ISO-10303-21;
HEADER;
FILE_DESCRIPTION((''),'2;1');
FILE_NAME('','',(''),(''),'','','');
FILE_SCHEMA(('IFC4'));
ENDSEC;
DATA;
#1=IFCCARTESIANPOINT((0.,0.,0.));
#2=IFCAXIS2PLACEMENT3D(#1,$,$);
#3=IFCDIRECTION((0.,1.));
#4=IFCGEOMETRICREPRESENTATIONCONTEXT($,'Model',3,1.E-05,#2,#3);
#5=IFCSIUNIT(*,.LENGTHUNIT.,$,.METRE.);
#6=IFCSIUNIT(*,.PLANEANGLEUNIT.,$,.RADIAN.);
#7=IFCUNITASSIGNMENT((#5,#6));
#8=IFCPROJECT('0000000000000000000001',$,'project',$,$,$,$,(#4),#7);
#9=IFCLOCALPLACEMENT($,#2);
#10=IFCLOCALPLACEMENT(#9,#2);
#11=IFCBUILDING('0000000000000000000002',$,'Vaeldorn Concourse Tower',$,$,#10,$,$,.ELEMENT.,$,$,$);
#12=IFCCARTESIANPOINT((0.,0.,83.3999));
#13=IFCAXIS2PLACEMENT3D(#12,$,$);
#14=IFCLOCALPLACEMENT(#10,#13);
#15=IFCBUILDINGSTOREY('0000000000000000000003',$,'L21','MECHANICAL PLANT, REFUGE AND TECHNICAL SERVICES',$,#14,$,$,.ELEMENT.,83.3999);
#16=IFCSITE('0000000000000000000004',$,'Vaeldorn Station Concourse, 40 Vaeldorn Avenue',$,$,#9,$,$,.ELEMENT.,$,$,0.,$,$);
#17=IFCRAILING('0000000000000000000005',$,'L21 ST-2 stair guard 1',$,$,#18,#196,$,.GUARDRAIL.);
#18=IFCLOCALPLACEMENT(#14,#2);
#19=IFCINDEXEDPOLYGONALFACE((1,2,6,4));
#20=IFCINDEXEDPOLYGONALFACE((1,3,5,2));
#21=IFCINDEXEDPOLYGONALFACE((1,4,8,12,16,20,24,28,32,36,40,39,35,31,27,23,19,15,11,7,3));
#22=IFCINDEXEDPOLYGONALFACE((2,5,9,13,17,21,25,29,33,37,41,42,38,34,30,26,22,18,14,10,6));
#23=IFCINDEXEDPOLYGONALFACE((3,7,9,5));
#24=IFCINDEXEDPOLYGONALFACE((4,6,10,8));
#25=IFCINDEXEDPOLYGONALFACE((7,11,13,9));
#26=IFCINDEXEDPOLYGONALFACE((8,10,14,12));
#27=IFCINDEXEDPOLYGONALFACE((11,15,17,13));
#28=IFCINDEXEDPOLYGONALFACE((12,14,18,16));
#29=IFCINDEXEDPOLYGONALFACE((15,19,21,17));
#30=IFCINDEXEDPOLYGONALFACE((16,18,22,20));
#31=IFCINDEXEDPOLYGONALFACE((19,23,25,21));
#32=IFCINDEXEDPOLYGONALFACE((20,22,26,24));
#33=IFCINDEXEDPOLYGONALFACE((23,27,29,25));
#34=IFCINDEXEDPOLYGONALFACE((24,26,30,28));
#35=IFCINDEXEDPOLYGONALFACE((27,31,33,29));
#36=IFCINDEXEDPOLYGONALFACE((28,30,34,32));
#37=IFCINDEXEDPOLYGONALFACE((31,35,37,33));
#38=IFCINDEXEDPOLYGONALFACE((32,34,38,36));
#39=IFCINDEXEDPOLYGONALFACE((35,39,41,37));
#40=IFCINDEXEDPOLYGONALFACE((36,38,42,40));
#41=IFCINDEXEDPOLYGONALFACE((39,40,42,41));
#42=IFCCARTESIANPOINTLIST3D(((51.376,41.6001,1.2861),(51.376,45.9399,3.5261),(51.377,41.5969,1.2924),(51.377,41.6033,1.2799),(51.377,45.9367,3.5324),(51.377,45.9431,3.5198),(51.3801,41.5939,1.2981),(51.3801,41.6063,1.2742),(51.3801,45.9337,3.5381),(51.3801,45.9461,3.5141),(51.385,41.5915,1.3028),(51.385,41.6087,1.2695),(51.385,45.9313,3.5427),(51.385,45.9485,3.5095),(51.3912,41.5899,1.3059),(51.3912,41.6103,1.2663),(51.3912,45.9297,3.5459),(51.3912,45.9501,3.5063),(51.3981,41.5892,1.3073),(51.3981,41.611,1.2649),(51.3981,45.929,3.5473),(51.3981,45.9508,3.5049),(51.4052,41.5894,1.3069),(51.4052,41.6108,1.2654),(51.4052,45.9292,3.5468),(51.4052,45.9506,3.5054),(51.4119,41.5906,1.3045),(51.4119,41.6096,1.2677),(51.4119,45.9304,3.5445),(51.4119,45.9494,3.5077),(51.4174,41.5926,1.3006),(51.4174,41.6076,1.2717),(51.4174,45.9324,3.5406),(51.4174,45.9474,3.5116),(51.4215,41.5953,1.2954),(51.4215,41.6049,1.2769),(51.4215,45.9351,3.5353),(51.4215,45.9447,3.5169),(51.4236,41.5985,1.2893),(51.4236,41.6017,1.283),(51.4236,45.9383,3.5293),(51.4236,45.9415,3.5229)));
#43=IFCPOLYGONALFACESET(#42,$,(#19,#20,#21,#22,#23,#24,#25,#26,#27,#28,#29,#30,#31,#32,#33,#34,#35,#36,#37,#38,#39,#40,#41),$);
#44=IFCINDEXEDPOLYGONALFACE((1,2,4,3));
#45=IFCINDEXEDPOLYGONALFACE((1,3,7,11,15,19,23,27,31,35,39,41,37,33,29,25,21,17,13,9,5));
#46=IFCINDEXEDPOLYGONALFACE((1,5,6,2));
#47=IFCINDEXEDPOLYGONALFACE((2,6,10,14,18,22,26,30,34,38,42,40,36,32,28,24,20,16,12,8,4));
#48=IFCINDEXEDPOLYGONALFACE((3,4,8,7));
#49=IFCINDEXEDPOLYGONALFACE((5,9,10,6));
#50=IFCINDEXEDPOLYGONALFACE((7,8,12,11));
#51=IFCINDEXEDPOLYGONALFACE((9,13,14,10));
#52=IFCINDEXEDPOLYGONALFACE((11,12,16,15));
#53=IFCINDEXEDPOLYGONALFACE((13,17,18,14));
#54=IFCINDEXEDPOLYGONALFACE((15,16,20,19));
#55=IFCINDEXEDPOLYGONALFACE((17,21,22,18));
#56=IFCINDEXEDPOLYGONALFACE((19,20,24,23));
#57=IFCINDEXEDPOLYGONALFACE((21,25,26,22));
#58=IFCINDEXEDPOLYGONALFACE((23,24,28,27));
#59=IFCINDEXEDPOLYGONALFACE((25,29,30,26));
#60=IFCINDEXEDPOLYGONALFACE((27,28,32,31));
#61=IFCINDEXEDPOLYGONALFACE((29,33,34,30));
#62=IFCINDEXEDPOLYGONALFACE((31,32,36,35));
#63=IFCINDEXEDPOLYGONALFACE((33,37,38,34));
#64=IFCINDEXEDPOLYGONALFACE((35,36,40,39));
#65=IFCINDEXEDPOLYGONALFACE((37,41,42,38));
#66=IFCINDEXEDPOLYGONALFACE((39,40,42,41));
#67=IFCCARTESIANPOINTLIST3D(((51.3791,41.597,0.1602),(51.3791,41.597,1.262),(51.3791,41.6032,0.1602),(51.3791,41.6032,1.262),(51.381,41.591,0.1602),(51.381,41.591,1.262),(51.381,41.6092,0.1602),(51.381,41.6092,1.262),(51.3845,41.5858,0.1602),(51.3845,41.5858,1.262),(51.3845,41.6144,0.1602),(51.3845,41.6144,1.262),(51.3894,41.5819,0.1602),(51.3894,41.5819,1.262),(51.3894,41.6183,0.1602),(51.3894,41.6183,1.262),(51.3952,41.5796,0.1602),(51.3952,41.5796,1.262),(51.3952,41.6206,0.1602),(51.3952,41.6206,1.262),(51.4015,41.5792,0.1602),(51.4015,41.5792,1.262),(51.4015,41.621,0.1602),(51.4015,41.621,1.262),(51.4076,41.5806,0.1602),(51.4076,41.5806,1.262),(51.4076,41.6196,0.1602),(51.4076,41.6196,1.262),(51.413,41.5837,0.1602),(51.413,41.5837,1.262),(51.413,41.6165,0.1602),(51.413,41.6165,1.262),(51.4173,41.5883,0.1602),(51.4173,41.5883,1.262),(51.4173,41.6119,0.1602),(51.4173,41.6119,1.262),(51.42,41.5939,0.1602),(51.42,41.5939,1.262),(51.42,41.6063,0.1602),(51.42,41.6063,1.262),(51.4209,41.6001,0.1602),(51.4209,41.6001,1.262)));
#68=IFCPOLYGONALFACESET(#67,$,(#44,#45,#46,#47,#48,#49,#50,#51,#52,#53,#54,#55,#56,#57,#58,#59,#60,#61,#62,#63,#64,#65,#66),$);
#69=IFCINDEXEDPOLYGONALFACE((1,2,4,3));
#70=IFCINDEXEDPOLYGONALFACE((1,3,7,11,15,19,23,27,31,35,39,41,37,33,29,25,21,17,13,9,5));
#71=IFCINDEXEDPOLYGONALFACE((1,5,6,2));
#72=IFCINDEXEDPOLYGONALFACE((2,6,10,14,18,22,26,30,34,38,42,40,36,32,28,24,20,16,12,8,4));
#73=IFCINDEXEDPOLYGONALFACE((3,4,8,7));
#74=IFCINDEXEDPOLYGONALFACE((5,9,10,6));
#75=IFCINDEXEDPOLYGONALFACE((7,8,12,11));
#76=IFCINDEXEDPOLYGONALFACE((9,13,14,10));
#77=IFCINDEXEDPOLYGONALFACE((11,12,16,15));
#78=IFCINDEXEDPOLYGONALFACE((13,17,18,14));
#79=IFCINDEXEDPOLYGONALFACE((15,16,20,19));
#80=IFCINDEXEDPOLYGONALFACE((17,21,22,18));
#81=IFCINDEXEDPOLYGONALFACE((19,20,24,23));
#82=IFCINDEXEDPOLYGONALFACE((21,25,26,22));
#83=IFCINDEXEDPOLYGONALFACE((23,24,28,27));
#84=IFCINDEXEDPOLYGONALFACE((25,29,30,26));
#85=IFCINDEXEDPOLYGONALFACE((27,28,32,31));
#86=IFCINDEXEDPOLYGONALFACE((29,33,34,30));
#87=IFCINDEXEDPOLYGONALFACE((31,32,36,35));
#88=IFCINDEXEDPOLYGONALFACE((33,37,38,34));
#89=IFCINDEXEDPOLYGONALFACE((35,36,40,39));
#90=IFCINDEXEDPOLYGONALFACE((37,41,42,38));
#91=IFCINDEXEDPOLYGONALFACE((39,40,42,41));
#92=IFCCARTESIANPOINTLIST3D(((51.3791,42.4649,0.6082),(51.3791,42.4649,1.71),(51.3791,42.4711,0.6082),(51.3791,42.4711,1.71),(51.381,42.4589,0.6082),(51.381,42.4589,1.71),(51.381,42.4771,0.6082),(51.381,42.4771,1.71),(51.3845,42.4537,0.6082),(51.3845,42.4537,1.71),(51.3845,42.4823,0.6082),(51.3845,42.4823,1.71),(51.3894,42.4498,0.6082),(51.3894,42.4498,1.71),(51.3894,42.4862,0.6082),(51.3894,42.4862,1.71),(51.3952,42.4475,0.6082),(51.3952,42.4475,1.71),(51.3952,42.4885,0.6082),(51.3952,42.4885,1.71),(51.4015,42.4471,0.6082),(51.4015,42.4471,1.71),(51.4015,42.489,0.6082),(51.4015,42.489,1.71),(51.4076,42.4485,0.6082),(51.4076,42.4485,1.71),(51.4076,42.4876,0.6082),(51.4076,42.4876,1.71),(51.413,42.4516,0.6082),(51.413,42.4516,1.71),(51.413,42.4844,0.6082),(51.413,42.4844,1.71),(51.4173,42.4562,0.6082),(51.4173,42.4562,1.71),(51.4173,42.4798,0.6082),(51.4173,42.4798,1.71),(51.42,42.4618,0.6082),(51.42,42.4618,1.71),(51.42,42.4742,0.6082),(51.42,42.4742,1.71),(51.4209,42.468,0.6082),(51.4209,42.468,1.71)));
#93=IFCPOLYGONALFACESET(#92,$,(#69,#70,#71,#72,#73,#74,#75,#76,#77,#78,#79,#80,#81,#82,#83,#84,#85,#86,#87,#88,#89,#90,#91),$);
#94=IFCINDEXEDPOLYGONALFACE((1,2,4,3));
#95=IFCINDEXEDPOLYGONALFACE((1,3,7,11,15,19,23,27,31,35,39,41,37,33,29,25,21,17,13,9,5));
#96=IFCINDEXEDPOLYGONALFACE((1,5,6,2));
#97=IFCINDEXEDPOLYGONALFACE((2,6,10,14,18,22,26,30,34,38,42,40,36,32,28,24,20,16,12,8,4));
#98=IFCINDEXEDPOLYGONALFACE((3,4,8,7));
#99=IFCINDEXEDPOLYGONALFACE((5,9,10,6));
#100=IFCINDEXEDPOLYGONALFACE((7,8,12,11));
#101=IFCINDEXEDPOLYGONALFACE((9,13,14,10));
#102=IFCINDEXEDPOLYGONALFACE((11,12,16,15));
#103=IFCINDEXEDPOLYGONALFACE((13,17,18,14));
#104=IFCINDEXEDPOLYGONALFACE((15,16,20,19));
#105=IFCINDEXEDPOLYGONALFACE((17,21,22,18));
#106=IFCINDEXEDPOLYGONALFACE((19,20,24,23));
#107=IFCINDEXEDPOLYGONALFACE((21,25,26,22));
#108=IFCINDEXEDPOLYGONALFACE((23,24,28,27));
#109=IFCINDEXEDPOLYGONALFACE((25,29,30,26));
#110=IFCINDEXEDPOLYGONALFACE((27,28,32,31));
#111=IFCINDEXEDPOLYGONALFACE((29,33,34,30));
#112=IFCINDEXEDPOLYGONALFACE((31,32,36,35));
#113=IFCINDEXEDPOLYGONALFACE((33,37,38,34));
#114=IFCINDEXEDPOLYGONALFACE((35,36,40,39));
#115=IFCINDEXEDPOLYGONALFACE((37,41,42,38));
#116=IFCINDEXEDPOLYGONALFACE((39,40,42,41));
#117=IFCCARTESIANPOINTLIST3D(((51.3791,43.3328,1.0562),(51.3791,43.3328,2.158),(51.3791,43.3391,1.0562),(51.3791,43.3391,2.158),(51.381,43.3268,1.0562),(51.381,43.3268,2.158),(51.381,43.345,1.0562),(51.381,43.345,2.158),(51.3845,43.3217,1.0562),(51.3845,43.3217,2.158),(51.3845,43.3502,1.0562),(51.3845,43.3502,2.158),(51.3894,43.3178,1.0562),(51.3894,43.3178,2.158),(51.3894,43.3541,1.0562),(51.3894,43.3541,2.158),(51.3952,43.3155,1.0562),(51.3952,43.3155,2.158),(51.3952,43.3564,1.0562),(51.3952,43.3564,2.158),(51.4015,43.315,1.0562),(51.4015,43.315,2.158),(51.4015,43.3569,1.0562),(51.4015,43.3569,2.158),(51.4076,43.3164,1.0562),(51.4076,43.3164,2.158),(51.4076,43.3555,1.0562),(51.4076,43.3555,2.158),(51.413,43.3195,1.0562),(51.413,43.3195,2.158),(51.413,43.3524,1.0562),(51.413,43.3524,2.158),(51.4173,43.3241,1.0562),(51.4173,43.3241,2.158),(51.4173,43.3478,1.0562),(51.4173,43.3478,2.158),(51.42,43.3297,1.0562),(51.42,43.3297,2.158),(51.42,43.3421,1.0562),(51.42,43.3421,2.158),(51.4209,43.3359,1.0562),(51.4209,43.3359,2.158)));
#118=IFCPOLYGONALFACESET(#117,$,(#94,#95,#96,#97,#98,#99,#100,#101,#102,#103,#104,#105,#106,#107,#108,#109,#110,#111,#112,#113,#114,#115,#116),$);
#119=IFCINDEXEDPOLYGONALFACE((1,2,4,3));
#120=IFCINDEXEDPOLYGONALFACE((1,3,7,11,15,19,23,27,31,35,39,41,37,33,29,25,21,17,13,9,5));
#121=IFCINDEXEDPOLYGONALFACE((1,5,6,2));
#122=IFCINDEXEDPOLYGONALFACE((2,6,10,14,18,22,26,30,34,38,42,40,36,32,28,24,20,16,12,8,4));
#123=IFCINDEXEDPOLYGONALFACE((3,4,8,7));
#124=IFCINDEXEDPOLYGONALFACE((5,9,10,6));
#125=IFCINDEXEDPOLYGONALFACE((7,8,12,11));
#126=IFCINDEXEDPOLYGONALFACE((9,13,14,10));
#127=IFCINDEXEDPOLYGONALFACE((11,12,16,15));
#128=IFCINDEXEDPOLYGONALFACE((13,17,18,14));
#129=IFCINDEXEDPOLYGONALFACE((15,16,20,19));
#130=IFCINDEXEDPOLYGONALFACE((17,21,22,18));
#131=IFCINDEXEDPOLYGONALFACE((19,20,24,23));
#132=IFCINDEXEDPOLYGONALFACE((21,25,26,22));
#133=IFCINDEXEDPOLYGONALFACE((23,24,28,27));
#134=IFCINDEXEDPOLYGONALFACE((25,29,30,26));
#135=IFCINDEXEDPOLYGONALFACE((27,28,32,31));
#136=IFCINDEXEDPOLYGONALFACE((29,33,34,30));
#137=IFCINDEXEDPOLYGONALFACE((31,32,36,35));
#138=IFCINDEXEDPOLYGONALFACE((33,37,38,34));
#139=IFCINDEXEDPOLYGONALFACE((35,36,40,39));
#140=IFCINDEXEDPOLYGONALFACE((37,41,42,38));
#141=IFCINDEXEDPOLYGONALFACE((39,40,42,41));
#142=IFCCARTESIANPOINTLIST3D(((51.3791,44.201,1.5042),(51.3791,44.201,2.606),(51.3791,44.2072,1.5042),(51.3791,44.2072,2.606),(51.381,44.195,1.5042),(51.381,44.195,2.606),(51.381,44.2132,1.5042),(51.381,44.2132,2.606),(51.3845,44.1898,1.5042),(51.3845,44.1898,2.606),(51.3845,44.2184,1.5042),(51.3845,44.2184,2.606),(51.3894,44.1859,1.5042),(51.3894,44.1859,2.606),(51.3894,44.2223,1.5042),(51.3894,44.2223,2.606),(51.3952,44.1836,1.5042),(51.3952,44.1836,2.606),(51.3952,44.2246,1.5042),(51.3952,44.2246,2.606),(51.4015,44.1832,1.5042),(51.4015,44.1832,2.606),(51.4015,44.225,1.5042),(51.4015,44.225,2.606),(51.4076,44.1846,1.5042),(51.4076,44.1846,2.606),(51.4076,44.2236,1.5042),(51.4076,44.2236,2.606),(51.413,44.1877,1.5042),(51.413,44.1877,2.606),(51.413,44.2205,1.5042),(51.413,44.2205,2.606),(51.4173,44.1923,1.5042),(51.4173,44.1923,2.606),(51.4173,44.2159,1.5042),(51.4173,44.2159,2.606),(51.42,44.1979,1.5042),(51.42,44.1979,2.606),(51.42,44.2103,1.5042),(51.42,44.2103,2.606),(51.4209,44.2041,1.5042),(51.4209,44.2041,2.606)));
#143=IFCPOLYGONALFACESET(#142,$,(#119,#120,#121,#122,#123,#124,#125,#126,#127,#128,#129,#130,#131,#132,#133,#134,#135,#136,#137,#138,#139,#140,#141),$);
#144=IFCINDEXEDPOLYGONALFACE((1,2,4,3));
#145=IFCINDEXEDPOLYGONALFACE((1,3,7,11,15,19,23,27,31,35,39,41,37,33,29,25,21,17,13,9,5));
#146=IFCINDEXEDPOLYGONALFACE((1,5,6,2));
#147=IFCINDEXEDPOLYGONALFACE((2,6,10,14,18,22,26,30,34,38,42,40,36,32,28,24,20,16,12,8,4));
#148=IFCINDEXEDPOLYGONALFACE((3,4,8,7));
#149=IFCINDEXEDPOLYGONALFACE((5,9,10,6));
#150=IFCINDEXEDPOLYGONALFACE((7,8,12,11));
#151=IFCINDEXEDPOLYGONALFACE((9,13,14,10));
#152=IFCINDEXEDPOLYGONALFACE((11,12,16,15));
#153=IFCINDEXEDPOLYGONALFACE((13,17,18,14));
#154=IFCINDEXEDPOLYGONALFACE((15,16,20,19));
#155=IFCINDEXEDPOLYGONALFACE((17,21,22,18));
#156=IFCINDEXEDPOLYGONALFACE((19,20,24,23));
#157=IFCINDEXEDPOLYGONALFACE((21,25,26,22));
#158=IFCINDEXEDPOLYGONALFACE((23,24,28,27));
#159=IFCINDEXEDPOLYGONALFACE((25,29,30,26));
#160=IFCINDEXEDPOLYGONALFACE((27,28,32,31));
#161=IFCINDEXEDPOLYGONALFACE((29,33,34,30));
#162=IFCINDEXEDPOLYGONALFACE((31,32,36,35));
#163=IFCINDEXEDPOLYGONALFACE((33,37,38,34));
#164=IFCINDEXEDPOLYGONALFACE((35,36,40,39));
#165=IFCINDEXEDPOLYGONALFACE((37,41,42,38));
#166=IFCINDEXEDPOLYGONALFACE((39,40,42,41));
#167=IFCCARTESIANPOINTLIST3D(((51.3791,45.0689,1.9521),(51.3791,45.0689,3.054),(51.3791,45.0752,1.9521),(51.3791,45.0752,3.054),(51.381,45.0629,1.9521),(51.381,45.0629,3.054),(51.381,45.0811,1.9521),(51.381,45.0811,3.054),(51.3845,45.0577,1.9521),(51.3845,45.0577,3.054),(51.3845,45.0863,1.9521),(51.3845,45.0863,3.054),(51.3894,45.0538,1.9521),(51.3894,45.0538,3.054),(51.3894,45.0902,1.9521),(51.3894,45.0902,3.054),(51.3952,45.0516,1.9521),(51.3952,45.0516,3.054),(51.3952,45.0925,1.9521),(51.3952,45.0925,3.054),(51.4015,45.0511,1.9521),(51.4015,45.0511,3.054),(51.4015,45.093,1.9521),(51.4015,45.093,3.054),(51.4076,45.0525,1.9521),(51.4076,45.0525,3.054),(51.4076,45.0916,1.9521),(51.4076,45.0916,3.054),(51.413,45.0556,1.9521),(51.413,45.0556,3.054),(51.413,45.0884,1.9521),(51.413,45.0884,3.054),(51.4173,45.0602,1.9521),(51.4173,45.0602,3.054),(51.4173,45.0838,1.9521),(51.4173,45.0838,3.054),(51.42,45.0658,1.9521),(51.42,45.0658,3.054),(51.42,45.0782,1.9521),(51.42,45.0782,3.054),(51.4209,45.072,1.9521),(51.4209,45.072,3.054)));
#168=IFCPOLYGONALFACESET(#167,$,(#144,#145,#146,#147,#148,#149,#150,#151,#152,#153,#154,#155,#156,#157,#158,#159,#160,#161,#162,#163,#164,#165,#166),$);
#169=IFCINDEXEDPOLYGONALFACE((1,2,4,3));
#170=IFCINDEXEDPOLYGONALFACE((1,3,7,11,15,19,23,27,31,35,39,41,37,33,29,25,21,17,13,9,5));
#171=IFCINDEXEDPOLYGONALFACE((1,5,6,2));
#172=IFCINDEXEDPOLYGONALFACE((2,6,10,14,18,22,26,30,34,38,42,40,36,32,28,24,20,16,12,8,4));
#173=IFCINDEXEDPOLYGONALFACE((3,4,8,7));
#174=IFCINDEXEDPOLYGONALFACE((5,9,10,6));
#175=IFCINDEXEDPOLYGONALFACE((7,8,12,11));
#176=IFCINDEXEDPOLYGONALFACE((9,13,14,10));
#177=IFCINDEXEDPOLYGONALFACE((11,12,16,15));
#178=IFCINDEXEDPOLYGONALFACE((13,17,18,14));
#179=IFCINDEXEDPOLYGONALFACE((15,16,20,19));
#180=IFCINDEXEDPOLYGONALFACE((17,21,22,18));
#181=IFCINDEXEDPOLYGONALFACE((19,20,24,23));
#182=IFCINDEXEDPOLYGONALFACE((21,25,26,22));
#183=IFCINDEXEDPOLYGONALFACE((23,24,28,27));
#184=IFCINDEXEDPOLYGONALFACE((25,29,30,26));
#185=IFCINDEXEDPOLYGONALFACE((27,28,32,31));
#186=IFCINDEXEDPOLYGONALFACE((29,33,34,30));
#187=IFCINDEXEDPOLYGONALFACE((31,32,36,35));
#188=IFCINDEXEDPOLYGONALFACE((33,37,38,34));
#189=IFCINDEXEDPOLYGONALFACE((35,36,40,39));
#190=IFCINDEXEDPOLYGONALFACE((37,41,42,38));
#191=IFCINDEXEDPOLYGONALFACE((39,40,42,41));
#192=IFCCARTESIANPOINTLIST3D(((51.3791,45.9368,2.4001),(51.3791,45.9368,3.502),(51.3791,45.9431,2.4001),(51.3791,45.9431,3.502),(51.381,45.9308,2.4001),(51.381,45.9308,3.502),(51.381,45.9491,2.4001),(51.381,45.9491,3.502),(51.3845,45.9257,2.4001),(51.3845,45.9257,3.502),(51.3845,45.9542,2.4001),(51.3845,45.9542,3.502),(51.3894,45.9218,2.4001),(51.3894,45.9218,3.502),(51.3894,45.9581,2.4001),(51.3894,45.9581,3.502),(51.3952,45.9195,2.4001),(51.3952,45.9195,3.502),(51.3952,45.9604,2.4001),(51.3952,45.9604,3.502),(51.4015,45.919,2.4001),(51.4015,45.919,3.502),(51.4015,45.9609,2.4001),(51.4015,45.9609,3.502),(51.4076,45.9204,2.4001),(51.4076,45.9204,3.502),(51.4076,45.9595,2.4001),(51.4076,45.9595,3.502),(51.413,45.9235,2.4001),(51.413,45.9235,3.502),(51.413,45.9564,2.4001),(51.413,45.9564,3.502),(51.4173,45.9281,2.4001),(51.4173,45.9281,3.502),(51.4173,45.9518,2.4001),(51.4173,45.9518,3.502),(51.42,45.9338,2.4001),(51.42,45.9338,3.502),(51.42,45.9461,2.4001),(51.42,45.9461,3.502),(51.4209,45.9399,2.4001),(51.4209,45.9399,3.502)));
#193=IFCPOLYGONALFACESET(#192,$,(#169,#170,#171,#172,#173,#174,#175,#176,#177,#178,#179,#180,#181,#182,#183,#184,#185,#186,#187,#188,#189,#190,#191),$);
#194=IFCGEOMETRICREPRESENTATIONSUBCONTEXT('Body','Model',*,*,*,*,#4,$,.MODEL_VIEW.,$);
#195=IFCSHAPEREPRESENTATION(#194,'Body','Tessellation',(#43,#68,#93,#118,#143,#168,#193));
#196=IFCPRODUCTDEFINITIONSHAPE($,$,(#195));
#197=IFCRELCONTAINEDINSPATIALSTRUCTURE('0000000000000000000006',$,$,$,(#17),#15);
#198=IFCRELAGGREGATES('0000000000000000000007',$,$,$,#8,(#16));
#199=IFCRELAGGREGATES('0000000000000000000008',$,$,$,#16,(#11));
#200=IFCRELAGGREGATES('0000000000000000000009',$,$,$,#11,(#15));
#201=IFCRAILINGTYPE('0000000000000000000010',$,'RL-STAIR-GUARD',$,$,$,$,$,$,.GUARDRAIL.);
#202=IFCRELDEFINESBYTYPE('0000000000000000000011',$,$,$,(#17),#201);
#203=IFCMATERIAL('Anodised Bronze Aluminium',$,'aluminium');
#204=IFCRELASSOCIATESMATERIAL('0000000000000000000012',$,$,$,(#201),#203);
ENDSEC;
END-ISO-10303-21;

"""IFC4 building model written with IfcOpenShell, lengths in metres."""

from ifc_helpers import new_model, si_unit, direction, frame, origin, origin_2d, place, context, subcontext, project, spatial, circle, extrude, material, type_object, element, save


model = new_model("IFC4")

# Units and contexts
model_context = context("Model", 3, precision=1e-05, world=origin(), true_north=direction((0.0, 1.0)))
body_context = subcontext(model_context, "Body", "Model", "MODEL_VIEW")
ifc_project = project(units=[si_unit("LENGTHUNIT", "METRE"), si_unit("PLANEANGLEUNIT", "RADIAN")], contexts=[model_context])

# Site, building, storey
site_placement = place(None, origin())
site = spatial("IfcSite", under=ifc_project, at=site_placement, Name="Vaeldorn Station Concourse, 40 Vaeldorn Avenue", CompositionType="ELEMENT", RefElevation=0.0)
building_placement = place(site_placement, origin())
building = spatial("IfcBuilding", under=site, at=building_placement, Name="Vaeldorn Concourse Tower", CompositionType="ELEMENT")
storey_placement = place(building_placement, frame((0.0, 0.0, 83.3999)))
storey = spatial("IfcBuildingStorey", under=building, at=storey_placement, Name="L21", Description="MECHANICAL PLANT, REFUGE AND TECHNICAL SERVICES", CompositionType="ELEMENT", Elevation=83.3999)

# Railing
ifc_material_1 = material(Name="Anodised Bronze Aluminium", Category="aluminium")
railing_type_1 = type_object("IfcRailingType", Name="RL-STAIR-GUARD", PredefinedType="GUARDRAIL", material=ifc_material_1)
railing_1_placement = place(storey_placement, frame((51.3999, 41.6001, 0.1602)))
element("IfcRailing", 1, at=railing_1_placement, inside=storey, type_object=railing_type_1, Name="L21 ST-2 stair guard 1", PredefinedType="GUARDRAIL", context=body_context, shape_type="SweptSolid", body=[
    extrude(circle(Radius=0.0239, at=origin_2d()), frame((0.0, 0.0, 1.126), z_axis=(0.0, 0.888615, 0.458654), x_axis=(-1.0, 0.0, 0.0)), (0.0, 0.0, 1.0), 4.8838),
    extrude(circle(Radius=0.021, at=origin_2d()), origin(), (0.0, 0.0, 1.0), 1.1018),
    extrude(circle(Radius=0.021, at=origin_2d()), frame((0.0, 0.8679, 0.448)), (0.0, 0.0, 1.0), 1.1018),
    extrude(circle(Radius=0.021, at=origin_2d()), frame((0.0, 1.7358, 0.896)), (0.0, 0.0, 1.0), 1.1018),
    extrude(circle(Radius=0.021, at=origin_2d()), frame((0.0, 2.604, 1.344)), (0.0, 0.0, 1.0), 1.1018),
    extrude(circle(Radius=0.021, at=origin_2d()), frame((0.0, 3.4719, 1.792)), (0.0, 0.0, 1.0), 1.1018),
    extrude(circle(Radius=0.021, at=origin_2d()), frame((0.0, 4.3398, 2.24)), (0.0, 0.0, 1.0), 1.1018),
])

save(model, "model.ifc")
